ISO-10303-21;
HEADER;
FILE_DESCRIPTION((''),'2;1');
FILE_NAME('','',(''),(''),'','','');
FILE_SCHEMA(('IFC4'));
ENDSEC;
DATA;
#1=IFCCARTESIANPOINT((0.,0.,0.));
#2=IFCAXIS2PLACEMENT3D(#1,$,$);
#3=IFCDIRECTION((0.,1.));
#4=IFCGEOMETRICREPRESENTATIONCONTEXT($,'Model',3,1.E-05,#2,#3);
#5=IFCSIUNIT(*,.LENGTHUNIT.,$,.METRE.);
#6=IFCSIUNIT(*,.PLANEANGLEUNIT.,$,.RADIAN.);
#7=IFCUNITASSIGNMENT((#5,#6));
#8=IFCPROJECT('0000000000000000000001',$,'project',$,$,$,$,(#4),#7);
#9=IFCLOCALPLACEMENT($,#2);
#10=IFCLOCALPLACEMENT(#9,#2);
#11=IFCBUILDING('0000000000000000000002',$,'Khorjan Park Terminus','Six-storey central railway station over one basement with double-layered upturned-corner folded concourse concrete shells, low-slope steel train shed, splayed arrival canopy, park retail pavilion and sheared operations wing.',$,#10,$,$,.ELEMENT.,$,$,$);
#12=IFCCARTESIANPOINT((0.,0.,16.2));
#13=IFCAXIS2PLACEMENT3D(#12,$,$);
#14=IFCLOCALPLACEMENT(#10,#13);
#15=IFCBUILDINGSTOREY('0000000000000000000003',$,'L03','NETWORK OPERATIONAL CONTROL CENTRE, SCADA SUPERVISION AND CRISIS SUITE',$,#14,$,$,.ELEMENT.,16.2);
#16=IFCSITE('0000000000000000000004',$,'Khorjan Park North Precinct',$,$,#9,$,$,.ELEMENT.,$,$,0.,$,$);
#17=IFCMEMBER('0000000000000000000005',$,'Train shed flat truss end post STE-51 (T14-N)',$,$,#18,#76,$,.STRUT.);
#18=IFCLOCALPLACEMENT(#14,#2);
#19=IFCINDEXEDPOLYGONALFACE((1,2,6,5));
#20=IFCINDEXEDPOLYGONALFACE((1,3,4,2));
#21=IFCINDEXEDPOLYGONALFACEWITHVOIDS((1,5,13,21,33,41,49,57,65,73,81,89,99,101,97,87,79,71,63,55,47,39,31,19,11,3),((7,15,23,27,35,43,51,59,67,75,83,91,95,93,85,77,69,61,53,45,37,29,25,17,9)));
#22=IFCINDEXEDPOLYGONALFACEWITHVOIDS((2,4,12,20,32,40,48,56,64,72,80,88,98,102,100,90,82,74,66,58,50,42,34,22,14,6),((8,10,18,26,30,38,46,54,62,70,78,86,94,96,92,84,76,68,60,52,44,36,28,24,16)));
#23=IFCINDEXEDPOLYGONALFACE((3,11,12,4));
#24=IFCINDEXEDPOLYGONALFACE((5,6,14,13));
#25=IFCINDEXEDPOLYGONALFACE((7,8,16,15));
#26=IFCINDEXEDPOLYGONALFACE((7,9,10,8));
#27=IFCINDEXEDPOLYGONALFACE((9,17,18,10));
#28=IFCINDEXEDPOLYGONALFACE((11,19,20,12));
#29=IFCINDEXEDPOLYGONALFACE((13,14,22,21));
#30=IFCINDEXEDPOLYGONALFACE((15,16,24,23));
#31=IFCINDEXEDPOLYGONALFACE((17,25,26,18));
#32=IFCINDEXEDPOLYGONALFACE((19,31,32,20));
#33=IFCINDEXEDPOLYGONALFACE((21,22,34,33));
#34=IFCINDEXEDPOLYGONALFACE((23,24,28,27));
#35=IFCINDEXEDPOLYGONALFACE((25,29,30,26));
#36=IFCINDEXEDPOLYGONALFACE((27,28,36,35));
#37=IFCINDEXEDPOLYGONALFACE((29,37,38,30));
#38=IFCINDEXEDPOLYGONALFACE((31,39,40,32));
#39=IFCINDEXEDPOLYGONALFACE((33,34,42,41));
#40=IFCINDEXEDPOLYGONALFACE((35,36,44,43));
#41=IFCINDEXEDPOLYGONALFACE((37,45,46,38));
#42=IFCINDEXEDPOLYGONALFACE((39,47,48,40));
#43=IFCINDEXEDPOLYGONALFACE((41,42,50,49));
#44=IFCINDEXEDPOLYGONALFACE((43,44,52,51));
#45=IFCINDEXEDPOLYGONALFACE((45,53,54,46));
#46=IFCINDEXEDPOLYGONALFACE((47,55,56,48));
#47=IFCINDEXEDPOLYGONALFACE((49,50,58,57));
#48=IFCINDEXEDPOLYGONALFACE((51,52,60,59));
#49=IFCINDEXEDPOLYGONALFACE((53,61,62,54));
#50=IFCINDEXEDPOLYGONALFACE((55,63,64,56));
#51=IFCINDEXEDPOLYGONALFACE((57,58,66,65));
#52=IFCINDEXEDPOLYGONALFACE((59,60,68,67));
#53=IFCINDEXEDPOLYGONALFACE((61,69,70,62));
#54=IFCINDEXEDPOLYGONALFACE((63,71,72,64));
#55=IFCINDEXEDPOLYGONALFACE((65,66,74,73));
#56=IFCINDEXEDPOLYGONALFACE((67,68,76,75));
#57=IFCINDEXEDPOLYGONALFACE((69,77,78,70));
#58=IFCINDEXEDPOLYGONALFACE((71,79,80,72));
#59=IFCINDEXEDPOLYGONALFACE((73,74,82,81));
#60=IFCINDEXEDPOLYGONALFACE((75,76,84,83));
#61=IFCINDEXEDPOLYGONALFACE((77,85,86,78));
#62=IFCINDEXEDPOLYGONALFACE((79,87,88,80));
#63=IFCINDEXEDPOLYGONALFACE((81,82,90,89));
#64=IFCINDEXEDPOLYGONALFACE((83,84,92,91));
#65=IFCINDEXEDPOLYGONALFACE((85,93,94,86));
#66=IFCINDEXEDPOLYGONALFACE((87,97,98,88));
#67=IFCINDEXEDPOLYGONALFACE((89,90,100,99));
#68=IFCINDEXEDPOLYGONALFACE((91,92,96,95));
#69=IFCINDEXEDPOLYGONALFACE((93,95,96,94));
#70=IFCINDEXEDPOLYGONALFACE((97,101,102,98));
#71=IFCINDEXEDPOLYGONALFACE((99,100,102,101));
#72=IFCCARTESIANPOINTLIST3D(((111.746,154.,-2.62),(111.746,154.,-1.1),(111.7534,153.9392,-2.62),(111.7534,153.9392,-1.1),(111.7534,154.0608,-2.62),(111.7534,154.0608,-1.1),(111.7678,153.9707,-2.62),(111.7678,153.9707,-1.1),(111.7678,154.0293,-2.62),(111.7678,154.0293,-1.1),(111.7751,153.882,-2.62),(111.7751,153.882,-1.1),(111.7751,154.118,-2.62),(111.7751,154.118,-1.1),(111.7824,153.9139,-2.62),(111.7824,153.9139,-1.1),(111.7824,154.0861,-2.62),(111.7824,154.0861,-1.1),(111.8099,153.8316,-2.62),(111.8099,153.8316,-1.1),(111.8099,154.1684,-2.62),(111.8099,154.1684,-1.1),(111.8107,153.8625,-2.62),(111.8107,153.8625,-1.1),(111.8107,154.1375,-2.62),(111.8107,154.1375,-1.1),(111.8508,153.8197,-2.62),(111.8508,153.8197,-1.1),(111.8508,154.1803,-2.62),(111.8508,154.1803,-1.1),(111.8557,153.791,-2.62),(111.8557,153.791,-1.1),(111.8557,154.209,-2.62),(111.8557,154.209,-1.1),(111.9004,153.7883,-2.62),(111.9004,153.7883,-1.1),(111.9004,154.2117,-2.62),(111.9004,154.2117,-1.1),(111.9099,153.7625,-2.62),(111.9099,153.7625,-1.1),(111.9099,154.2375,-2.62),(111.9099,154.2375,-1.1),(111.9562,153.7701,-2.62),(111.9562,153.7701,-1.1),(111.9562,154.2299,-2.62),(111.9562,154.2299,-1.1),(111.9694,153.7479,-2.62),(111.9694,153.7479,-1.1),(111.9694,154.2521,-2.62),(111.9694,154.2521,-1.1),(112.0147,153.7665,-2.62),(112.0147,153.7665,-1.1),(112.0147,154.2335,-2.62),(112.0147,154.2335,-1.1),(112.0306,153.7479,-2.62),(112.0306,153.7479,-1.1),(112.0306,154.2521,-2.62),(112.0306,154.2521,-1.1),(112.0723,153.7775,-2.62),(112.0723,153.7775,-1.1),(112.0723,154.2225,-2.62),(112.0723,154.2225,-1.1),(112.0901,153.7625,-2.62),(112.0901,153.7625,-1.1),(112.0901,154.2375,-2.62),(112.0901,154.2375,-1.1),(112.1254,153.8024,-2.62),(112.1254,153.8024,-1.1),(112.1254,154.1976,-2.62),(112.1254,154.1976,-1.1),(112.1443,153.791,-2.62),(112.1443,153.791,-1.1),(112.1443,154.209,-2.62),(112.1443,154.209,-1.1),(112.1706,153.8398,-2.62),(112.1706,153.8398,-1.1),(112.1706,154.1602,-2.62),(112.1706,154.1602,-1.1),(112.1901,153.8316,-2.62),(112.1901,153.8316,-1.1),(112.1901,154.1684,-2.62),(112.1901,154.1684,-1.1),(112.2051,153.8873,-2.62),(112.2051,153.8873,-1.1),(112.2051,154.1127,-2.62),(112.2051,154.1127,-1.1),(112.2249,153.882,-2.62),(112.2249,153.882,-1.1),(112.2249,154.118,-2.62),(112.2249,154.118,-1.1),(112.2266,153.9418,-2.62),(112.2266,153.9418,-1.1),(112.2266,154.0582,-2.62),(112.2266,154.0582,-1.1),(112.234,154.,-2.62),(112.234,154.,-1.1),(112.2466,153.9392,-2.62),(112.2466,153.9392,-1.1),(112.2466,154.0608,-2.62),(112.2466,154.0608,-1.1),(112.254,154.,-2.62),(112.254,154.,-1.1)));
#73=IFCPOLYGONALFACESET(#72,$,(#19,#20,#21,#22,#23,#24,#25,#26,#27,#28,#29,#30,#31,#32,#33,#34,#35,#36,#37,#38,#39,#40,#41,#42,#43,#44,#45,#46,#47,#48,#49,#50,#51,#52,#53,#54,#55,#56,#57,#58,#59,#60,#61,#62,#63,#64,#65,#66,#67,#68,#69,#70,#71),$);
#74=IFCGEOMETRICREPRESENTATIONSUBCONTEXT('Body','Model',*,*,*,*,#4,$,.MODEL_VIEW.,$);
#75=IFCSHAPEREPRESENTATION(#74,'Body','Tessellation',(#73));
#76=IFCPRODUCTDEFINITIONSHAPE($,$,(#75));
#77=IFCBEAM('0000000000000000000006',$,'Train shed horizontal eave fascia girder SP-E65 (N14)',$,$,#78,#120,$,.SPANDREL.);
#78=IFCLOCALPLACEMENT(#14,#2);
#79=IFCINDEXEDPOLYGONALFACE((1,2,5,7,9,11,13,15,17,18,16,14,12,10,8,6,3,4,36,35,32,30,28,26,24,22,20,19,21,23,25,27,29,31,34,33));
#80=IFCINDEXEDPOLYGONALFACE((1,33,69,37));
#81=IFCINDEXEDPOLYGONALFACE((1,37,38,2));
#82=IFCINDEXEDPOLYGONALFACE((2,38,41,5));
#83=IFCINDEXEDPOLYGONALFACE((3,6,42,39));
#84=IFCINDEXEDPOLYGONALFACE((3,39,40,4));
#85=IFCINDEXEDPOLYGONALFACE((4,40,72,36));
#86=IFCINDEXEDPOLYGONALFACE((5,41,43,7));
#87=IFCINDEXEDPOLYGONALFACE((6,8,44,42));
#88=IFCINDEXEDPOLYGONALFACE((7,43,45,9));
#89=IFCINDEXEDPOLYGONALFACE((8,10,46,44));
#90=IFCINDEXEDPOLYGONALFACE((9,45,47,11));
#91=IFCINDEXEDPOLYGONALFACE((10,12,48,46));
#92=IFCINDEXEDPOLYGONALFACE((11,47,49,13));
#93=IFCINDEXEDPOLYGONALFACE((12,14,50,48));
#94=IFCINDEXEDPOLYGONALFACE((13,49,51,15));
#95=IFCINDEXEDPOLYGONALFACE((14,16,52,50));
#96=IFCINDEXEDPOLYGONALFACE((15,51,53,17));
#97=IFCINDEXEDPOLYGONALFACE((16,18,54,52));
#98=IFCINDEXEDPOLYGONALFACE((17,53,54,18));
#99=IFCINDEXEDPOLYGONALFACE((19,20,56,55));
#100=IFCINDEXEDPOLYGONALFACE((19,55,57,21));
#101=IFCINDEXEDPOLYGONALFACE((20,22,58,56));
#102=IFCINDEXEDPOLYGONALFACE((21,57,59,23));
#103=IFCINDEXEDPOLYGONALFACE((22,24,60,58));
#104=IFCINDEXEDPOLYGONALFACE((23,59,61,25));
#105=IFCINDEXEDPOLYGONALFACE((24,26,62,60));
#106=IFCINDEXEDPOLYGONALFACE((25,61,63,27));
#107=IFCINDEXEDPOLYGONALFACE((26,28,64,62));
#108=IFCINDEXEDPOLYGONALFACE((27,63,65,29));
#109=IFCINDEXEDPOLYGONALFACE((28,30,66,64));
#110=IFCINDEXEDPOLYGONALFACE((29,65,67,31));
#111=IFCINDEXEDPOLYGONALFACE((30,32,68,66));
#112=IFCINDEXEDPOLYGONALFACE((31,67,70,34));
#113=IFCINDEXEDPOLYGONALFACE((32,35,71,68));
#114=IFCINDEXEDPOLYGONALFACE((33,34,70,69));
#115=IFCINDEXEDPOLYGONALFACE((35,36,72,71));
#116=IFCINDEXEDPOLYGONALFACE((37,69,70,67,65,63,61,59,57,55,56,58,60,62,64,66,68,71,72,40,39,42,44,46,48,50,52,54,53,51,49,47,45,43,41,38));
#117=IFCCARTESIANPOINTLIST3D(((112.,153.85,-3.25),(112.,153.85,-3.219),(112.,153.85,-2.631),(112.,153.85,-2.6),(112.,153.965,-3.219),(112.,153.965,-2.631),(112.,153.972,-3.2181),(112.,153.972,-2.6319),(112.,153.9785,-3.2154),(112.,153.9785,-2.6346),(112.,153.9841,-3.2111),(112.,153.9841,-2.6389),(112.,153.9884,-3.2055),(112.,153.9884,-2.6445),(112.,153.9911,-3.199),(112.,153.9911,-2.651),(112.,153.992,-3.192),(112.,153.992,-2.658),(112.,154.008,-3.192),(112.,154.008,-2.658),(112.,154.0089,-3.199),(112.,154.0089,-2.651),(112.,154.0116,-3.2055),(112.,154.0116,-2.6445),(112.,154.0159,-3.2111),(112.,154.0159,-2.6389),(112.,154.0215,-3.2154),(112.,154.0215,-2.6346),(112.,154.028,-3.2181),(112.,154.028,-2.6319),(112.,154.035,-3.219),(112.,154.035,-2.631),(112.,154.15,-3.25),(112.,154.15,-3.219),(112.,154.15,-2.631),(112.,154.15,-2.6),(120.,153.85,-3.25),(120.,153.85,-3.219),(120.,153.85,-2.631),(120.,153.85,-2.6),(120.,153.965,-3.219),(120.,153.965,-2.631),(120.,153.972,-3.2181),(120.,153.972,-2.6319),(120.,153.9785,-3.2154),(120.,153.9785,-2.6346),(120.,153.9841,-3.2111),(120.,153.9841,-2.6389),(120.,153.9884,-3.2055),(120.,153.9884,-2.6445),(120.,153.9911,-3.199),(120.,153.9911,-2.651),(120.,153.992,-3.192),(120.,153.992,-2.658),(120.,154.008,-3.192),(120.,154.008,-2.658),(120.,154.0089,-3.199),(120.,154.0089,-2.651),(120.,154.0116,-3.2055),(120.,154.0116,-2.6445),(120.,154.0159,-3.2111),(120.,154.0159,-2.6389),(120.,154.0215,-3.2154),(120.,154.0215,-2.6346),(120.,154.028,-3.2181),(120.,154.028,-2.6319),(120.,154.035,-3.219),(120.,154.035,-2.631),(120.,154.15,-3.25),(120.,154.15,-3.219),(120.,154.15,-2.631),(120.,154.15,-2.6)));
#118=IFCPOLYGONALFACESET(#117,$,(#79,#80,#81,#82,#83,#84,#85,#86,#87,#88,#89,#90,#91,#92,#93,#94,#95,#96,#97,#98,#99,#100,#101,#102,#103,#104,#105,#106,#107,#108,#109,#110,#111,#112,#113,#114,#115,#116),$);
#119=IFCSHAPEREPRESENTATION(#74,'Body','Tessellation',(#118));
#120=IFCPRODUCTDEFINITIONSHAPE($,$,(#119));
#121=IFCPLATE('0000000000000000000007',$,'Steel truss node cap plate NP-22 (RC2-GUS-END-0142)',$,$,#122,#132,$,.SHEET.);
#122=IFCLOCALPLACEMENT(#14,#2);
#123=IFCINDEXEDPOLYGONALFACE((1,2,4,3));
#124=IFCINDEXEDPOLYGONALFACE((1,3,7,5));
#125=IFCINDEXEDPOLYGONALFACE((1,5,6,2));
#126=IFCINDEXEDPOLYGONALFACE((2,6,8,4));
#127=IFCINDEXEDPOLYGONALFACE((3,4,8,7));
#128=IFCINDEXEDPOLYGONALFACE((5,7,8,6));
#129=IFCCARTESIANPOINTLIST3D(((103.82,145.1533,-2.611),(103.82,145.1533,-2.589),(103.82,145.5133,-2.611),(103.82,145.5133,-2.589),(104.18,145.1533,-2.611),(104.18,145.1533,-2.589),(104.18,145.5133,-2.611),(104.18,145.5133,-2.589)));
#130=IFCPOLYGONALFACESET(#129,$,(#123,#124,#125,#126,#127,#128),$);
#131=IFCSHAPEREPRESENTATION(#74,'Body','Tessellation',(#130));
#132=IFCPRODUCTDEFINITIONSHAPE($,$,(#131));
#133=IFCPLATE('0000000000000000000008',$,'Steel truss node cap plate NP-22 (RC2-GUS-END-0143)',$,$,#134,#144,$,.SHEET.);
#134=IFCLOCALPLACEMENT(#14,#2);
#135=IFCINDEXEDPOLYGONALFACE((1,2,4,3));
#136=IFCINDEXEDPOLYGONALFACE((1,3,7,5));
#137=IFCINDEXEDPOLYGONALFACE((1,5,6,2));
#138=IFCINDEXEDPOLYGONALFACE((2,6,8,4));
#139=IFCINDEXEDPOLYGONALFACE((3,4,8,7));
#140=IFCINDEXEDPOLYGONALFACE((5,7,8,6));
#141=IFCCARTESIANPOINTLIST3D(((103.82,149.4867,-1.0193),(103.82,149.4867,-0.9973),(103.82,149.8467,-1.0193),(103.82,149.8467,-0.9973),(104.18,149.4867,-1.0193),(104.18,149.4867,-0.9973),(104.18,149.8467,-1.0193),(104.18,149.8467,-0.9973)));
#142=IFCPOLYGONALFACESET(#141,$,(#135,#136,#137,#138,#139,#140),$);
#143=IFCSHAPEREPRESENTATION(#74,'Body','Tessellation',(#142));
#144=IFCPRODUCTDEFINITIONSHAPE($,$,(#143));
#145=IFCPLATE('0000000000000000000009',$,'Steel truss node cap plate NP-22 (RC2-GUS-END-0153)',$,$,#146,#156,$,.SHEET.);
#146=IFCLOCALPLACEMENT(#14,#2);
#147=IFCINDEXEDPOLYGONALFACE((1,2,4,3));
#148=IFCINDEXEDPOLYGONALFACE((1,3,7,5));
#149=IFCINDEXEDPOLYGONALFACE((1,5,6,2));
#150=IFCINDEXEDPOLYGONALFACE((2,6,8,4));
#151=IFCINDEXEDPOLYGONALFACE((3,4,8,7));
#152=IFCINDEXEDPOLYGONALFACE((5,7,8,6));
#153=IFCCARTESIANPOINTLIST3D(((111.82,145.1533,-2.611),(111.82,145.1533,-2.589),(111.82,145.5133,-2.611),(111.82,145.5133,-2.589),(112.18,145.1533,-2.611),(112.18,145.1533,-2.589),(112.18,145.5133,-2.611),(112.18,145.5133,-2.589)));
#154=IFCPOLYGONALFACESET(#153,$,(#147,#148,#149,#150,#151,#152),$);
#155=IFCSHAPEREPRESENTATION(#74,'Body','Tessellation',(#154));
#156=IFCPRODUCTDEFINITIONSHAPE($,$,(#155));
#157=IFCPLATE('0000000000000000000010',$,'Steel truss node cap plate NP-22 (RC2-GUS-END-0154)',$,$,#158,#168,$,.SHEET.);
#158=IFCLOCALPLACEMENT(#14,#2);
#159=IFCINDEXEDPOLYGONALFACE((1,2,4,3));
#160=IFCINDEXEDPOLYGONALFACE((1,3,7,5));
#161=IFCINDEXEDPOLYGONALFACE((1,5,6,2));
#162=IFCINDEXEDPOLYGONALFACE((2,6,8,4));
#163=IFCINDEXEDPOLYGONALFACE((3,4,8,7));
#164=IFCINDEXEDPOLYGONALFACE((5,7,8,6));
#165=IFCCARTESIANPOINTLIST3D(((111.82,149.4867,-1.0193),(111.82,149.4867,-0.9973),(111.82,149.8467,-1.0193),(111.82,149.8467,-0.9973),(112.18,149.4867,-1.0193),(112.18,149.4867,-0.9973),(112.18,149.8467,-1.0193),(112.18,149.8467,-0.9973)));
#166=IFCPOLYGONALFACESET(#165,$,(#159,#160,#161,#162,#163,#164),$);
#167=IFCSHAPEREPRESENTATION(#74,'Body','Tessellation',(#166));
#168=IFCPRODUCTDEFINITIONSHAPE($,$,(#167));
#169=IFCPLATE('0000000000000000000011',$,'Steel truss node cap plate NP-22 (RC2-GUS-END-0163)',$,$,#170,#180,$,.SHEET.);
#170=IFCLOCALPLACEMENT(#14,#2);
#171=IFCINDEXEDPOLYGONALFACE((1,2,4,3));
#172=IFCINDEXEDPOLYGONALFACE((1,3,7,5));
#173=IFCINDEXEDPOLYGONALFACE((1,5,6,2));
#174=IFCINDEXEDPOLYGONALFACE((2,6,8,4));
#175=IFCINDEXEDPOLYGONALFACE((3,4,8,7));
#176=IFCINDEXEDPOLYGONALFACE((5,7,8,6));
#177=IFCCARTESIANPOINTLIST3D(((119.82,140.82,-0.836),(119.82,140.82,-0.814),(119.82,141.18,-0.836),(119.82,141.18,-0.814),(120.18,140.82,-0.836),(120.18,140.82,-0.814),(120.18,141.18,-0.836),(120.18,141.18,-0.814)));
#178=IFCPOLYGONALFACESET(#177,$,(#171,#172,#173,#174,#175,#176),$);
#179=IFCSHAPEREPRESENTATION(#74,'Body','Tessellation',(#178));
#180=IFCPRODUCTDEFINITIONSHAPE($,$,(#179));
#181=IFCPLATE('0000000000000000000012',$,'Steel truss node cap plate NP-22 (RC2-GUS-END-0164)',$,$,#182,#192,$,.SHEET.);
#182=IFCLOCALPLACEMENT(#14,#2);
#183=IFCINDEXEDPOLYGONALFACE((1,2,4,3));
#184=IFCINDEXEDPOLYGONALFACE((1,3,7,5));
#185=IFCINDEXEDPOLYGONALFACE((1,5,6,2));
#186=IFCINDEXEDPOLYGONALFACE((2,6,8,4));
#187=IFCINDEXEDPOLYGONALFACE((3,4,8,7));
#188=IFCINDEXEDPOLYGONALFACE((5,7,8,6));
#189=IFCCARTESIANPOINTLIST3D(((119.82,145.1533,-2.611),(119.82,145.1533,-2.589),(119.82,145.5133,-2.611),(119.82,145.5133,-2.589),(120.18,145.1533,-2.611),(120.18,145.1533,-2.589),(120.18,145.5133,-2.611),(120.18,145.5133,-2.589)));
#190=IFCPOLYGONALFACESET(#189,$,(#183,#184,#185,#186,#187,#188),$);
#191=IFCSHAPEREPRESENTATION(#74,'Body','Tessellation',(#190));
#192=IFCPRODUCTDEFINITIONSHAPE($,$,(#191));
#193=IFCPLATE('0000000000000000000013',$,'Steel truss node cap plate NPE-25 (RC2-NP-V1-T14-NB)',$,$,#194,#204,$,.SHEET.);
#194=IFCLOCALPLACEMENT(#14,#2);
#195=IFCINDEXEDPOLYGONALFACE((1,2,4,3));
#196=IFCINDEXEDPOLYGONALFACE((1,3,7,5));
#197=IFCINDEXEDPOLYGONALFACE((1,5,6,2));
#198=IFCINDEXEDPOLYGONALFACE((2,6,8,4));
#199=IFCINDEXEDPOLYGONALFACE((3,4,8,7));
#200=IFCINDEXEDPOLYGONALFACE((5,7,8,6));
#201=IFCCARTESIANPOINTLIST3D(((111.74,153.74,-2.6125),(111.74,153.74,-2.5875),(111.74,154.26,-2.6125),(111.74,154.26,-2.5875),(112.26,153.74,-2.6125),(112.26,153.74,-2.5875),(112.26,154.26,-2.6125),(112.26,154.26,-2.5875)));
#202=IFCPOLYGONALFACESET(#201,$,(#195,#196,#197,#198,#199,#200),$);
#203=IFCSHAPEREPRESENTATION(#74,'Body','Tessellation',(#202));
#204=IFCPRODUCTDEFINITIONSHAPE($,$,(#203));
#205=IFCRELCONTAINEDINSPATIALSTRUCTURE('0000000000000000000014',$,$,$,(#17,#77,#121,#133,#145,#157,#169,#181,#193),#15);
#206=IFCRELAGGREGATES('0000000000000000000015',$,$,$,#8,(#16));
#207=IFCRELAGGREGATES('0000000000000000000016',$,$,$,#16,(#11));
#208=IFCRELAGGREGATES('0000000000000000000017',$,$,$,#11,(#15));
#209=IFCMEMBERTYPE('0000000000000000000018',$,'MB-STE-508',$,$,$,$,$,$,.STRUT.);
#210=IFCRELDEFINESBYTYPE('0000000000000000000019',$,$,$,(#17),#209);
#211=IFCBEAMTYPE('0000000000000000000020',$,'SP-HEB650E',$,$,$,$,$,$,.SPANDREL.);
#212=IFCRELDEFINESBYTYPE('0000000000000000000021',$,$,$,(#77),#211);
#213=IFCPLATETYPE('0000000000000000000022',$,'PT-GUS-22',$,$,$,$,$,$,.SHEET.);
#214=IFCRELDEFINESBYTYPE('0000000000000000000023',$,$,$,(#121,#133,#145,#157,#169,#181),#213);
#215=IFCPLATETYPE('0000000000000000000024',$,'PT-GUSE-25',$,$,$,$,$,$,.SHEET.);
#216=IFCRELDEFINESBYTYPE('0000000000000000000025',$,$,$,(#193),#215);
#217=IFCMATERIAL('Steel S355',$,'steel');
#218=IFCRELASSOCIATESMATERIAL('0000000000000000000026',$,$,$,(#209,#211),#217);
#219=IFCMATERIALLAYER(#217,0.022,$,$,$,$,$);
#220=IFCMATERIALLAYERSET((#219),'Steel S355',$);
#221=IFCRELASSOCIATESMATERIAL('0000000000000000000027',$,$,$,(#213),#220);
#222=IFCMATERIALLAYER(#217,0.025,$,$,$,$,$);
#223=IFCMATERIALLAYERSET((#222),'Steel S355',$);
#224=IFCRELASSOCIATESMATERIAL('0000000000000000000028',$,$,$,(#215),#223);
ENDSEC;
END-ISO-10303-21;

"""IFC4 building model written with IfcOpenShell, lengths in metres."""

from ifc_helpers import new_model, si_unit, direction, frame, origin, origin_2d, place, context, subcontext, project, spatial, rectangle, hollow_circle, i_section, extrude, material, layer, layer_set, material_profile, profile_set, type_object, element, save


model = new_model("IFC4")

# Units and contexts
model_context = context("Model", 3, precision=1e-05, world=origin(), true_north=direction((0.0, 1.0)))
body_context = subcontext(model_context, "Body", "Model", "MODEL_VIEW")
ifc_project = project(units=[si_unit("LENGTHUNIT", "METRE"), si_unit("PLANEANGLEUNIT", "RADIAN")], contexts=[model_context])

# Site, building, storey
site_placement = place(None, origin())
site = spatial("IfcSite", under=ifc_project, at=site_placement, Name="Khorjan Park North Precinct", CompositionType="ELEMENT", RefElevation=0.0)
building_placement = place(site_placement, origin())
building = spatial("IfcBuilding", under=site, at=building_placement, Name="Khorjan Park Terminus", Description="Six-storey central railway station over one basement with double-layered upturned-corner folded concourse concrete shells, low-slope steel train shed, splayed arrival canopy, park retail pavilion and sheared operations wing.", CompositionType="ELEMENT")
storey_placement = place(building_placement, frame((0.0, 0.0, 16.2)))
storey = spatial("IfcBuildingStorey", under=building, at=storey_placement, Name="L03", Description="NETWORK OPERATIONAL CONTROL CENTRE, SCADA SUPERVISION AND CRISIS SUITE", CompositionType="ELEMENT", Elevation=16.2)

# Member
ifc_material = material(Name="Steel S355", Category="steel")
ifc_material_profile_1 = material_profile(ifc_material, hollow_circle(Radius=0.254, WallThickness=0.02, at=origin_2d()), Name="CHS 508x20")
ifc_profile_set_1 = profile_set([ifc_material_profile_1], Name="Steel S355")
member_type_1 = type_object("IfcMemberType", Name="MB-STE-508", PredefinedType="STRUT", material=ifc_profile_set_1)
member_1_placement = place(storey_placement, frame((112.0, 154.0, -2.62), z_axis=(0.0, 0.0, 1.0), x_axis=(1.0, 0.0, 0.0)))
element("IfcMember", 1, at=member_1_placement, inside=storey, type_object=member_type_1, Name="Train shed flat truss end post STE-51 (T14-N)", PredefinedType="STRUT", context=body_context, shape_type="SweptSolid", body=[
    extrude(hollow_circle(Radius=0.254, WallThickness=0.02, at=origin_2d()), origin(), (0.0, 0.0, 1.0), 1.52),
])

# Beam
ifc_material_profile_2 = material_profile(ifc_material, i_section(OverallWidth=0.3, OverallDepth=0.65, WebThickness=0.016, FlangeThickness=0.031, FilletRadius=0.027, at=origin_2d()), Name="HEB 650")
ifc_profile_set_2 = profile_set([ifc_material_profile_2], Name="Steel S355")
beam_type = type_object("IfcBeamType", Name="SP-HEB650E", PredefinedType="SPANDREL", material=ifc_profile_set_2)
beam_placement = place(storey_placement, frame((112.0, 154.0, -2.925), z_axis=(1.0, 0.0, 0.0), x_axis=(0.0, 1.0, 0.0)))
element("IfcBeam", 2, at=beam_placement, inside=storey, type_object=beam_type, Name="Train shed horizontal eave fascia girder SP-E65 (N14)", PredefinedType="SPANDREL", context=body_context, shape_type="SweptSolid", body=[
    extrude(i_section(OverallWidth=0.3, OverallDepth=0.65, WebThickness=0.016, FlangeThickness=0.031, FilletRadius=0.027, at=origin_2d()), origin(), (0.0, 0.0, 1.0), 8.0),
])

# Plates
ifc_layer_1 = layer(ifc_material, 0.022)
ifc_layer_set_1 = layer_set([ifc_layer_1], Name="Steel S355")
plate_type_1 = type_object("IfcPlateType", Name="PT-GUS-22", PredefinedType="SHEET", material=ifc_layer_set_1)
for number, where, z_axis, x_axis, name in (
    (3, (104.0, 145.3333, -2.611), (0.0, 0.0, 1.0), (1.0, 0.0, 0.0), "Steel truss node cap plate NP-22 (RC2-GUS-END-0142)"),
    (4, (104.0, 149.6667, -1.0193), (0.0, 0.0, 1.0), (1.0, 0.0, 0.0), "Steel truss node cap plate NP-22 (RC2-GUS-END-0143)"),
    (5, (112.0, 145.3333, -2.611), (0.0, 0.0, 1.0), (1.0, 0.0, 0.0), "Steel truss node cap plate NP-22 (RC2-GUS-END-0153)"),
    (6, (112.0, 149.6667, -1.0193), (0.0, 0.0, 1.0), (1.0, 0.0, 0.0), "Steel truss node cap plate NP-22 (RC2-GUS-END-0154)"),
    (7, (120.0, 141.0, -0.836), (0.0, 0.0, 1.0), (1.0, 0.0, 0.0), "Steel truss node cap plate NP-22 (RC2-GUS-END-0163)"),
    (8, (120.0, 145.3333, -2.611), (0.0, 0.0, 1.0), (1.0, 0.0, 0.0), "Steel truss node cap plate NP-22 (RC2-GUS-END-0164)"),
):
    element("IfcPlate", number, at=place(storey_placement, frame(where, z_axis=z_axis, x_axis=x_axis)), inside=storey, type_object=plate_type_1, Name=name, PredefinedType="SHEET", context=body_context, shape_type="SweptSolid", body=[
        extrude(rectangle(XDim=0.36, YDim=0.36, at=origin_2d()), origin(), (0.0, 0.0, 1.0), 0.022),
    ])
ifc_layer_2 = layer(ifc_material, 0.025)
ifc_layer_set_2 = layer_set([ifc_layer_2], Name="Steel S355")
plate_type_2 = type_object("IfcPlateType", Name="PT-GUSE-25", PredefinedType="SHEET", material=ifc_layer_set_2)
plate_1_placement = place(storey_placement, frame((112.0, 154.0, -2.6125), z_axis=(0.0, 0.0, 1.0), x_axis=(1.0, 0.0, 0.0)))
element("IfcPlate", 9, at=plate_1_placement, inside=storey, type_object=plate_type_2, Name="Steel truss node cap plate NPE-25 (RC2-NP-V1-T14-NB)", PredefinedType="SHEET", context=body_context, shape_type="SweptSolid", body=[
    extrude(rectangle(XDim=0.52, YDim=0.52, at=origin_2d()), origin(), (0.0, 0.0, 1.0), 0.025),
])

save(model, "model.ifc")
